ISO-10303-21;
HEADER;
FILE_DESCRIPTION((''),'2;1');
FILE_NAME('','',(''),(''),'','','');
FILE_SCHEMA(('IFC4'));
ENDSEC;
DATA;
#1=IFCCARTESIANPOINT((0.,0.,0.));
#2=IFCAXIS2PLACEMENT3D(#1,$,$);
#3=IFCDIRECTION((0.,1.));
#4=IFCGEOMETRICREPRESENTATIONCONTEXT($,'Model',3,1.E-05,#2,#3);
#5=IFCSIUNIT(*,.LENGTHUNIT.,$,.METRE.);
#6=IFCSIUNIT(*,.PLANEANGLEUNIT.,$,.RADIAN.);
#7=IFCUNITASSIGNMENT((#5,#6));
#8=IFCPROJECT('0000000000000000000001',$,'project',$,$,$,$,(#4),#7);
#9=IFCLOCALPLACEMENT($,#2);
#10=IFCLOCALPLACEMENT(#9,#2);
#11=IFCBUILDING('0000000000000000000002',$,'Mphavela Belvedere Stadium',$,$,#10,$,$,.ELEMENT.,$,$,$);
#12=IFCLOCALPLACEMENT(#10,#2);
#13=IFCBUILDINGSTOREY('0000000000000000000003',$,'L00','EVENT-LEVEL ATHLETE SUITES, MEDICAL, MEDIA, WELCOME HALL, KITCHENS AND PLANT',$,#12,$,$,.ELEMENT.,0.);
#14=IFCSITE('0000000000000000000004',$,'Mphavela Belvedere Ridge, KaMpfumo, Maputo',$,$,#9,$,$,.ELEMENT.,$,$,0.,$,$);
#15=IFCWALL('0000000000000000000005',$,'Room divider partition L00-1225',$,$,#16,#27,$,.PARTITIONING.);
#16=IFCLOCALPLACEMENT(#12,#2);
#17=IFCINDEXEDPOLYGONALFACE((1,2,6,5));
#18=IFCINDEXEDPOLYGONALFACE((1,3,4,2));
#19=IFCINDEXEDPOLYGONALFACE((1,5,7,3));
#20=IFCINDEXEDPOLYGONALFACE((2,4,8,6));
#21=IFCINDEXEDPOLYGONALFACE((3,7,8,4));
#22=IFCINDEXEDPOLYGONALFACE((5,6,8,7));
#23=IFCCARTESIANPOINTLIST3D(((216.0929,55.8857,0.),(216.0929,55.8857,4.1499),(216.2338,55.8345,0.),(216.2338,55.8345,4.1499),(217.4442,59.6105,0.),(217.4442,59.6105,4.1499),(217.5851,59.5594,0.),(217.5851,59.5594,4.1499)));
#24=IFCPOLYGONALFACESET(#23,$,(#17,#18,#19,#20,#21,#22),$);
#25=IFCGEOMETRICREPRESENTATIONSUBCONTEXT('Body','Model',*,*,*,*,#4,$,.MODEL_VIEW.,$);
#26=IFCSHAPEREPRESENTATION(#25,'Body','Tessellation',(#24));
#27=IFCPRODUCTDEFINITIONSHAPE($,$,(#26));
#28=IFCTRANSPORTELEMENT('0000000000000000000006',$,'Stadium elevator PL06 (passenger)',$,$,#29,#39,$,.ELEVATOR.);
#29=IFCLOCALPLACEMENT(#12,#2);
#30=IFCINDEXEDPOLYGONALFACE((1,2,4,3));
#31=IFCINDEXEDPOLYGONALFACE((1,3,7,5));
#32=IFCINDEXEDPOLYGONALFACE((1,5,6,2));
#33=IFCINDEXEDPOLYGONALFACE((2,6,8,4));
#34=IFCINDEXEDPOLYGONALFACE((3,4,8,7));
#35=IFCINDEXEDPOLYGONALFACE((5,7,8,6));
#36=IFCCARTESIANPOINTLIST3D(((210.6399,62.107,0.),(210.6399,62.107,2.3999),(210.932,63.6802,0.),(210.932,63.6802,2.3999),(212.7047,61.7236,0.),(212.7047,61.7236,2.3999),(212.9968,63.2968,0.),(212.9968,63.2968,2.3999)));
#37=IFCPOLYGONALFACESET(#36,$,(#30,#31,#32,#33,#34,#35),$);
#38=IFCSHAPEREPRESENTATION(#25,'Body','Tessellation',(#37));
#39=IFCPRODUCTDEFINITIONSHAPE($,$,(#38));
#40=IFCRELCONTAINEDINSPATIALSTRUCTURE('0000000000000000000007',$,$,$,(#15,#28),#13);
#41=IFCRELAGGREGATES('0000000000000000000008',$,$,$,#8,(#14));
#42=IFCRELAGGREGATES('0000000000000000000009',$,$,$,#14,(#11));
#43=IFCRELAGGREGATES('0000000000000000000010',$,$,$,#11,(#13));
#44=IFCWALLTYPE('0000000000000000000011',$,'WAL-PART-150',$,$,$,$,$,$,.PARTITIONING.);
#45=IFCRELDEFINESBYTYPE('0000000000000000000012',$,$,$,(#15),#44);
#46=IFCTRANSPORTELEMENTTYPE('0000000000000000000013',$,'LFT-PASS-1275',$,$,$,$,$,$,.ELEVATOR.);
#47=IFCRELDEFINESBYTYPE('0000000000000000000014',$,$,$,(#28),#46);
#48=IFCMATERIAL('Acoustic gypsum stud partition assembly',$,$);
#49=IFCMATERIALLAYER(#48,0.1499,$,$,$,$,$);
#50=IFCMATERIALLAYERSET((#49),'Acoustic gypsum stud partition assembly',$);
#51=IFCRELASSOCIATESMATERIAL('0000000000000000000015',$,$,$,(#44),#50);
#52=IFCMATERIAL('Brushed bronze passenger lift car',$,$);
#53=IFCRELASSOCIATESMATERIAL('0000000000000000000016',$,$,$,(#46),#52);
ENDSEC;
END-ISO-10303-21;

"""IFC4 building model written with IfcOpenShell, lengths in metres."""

from ifc_helpers import new_model, si_unit, direction, frame, frame_2d, origin, origin_2d, place, context, subcontext, project, spatial, rectangle, extrude, material, layer, layer_set, type_object, element, save


model = new_model("IFC4")

# Units and contexts
model_context = context("Model", 3, precision=1e-05, world=origin(), true_north=direction((0.0, 1.0)))
body_context = subcontext(model_context, "Body", "Model", "MODEL_VIEW")
ifc_project = project(units=[si_unit("LENGTHUNIT", "METRE"), si_unit("PLANEANGLEUNIT", "RADIAN")], contexts=[model_context])

# Site, building, storey
site_placement = place(None, origin())
site = spatial("IfcSite", under=ifc_project, at=site_placement, Name="Mphavela Belvedere Ridge, KaMpfumo, Maputo", CompositionType="ELEMENT", RefElevation=0.0)
building_placement = place(site_placement, origin())
building = spatial("IfcBuilding", under=site, at=building_placement, Name="Mphavela Belvedere Stadium", CompositionType="ELEMENT")
storey_placement = place(building_placement, origin())
storey = spatial("IfcBuildingStorey", under=building, at=storey_placement, Name="L00", Description="EVENT-LEVEL ATHLETE SUITES, MEDICAL, MEDIA, WELCOME HALL, KITCHENS AND PLANT", CompositionType="ELEMENT", Elevation=0.0)

# Shared definitions
ifc_material_1 = material(Name="Acoustic gypsum stud partition assembly")
ifc_layer_1 = layer(ifc_material_1, 0.1499)
ifc_layer_set_1 = layer_set([ifc_layer_1], Name="Acoustic gypsum stud partition assembly")
wall_type_1 = type_object("IfcWallType", Name="WAL-PART-150", PredefinedType="PARTITIONING", material=ifc_layer_set_1)

# Wall
wall_1_placement = place(storey_placement, frame((216.1633, 55.8601, 0.0), z_axis=(0.0, 0.0, 1.0), x_axis=(0.341036, 0.94005, 0.0)))
element("IfcWall", 1, at=wall_1_placement, inside=storey, type_object=wall_type_1, Name="Room divider partition L00-1225", PredefinedType="PARTITIONING", context=body_context, shape_type="SweptSolid", body=[
    extrude(rectangle(XDim=3.9624, YDim=0.1499, at=frame_2d((1.9812, 0.0))), origin(), (0.0, 0.0, 1.0), 4.1499),
])

# Transport element
ifc_material_2 = material(Name="Brushed bronze passenger lift car")
transport_element_type = type_object("IfcTransportElementType", Name="LFT-PASS-1275", PredefinedType="ELEVATOR", material=ifc_material_2)
transport_element_placement = place(storey_placement, frame((211.8184, 62.7019, 0.0), z_axis=(0.0, 0.0, 1.0), x_axis=(-0.182579, -0.983191, 0.0)))
element("IfcTransportElement", 2, at=transport_element_placement, inside=storey, type_object=transport_element_type, Name="Stadium elevator PL06 (passenger)", PredefinedType="ELEVATOR", context=body_context, shape_type="SweptSolid", body=[
    extrude(rectangle(XDim=1.6001, YDim=2.1001, at=origin_2d()), origin(), (0.0, 0.0, 1.0), 2.3999),
])

save(model, "model.ifc")
